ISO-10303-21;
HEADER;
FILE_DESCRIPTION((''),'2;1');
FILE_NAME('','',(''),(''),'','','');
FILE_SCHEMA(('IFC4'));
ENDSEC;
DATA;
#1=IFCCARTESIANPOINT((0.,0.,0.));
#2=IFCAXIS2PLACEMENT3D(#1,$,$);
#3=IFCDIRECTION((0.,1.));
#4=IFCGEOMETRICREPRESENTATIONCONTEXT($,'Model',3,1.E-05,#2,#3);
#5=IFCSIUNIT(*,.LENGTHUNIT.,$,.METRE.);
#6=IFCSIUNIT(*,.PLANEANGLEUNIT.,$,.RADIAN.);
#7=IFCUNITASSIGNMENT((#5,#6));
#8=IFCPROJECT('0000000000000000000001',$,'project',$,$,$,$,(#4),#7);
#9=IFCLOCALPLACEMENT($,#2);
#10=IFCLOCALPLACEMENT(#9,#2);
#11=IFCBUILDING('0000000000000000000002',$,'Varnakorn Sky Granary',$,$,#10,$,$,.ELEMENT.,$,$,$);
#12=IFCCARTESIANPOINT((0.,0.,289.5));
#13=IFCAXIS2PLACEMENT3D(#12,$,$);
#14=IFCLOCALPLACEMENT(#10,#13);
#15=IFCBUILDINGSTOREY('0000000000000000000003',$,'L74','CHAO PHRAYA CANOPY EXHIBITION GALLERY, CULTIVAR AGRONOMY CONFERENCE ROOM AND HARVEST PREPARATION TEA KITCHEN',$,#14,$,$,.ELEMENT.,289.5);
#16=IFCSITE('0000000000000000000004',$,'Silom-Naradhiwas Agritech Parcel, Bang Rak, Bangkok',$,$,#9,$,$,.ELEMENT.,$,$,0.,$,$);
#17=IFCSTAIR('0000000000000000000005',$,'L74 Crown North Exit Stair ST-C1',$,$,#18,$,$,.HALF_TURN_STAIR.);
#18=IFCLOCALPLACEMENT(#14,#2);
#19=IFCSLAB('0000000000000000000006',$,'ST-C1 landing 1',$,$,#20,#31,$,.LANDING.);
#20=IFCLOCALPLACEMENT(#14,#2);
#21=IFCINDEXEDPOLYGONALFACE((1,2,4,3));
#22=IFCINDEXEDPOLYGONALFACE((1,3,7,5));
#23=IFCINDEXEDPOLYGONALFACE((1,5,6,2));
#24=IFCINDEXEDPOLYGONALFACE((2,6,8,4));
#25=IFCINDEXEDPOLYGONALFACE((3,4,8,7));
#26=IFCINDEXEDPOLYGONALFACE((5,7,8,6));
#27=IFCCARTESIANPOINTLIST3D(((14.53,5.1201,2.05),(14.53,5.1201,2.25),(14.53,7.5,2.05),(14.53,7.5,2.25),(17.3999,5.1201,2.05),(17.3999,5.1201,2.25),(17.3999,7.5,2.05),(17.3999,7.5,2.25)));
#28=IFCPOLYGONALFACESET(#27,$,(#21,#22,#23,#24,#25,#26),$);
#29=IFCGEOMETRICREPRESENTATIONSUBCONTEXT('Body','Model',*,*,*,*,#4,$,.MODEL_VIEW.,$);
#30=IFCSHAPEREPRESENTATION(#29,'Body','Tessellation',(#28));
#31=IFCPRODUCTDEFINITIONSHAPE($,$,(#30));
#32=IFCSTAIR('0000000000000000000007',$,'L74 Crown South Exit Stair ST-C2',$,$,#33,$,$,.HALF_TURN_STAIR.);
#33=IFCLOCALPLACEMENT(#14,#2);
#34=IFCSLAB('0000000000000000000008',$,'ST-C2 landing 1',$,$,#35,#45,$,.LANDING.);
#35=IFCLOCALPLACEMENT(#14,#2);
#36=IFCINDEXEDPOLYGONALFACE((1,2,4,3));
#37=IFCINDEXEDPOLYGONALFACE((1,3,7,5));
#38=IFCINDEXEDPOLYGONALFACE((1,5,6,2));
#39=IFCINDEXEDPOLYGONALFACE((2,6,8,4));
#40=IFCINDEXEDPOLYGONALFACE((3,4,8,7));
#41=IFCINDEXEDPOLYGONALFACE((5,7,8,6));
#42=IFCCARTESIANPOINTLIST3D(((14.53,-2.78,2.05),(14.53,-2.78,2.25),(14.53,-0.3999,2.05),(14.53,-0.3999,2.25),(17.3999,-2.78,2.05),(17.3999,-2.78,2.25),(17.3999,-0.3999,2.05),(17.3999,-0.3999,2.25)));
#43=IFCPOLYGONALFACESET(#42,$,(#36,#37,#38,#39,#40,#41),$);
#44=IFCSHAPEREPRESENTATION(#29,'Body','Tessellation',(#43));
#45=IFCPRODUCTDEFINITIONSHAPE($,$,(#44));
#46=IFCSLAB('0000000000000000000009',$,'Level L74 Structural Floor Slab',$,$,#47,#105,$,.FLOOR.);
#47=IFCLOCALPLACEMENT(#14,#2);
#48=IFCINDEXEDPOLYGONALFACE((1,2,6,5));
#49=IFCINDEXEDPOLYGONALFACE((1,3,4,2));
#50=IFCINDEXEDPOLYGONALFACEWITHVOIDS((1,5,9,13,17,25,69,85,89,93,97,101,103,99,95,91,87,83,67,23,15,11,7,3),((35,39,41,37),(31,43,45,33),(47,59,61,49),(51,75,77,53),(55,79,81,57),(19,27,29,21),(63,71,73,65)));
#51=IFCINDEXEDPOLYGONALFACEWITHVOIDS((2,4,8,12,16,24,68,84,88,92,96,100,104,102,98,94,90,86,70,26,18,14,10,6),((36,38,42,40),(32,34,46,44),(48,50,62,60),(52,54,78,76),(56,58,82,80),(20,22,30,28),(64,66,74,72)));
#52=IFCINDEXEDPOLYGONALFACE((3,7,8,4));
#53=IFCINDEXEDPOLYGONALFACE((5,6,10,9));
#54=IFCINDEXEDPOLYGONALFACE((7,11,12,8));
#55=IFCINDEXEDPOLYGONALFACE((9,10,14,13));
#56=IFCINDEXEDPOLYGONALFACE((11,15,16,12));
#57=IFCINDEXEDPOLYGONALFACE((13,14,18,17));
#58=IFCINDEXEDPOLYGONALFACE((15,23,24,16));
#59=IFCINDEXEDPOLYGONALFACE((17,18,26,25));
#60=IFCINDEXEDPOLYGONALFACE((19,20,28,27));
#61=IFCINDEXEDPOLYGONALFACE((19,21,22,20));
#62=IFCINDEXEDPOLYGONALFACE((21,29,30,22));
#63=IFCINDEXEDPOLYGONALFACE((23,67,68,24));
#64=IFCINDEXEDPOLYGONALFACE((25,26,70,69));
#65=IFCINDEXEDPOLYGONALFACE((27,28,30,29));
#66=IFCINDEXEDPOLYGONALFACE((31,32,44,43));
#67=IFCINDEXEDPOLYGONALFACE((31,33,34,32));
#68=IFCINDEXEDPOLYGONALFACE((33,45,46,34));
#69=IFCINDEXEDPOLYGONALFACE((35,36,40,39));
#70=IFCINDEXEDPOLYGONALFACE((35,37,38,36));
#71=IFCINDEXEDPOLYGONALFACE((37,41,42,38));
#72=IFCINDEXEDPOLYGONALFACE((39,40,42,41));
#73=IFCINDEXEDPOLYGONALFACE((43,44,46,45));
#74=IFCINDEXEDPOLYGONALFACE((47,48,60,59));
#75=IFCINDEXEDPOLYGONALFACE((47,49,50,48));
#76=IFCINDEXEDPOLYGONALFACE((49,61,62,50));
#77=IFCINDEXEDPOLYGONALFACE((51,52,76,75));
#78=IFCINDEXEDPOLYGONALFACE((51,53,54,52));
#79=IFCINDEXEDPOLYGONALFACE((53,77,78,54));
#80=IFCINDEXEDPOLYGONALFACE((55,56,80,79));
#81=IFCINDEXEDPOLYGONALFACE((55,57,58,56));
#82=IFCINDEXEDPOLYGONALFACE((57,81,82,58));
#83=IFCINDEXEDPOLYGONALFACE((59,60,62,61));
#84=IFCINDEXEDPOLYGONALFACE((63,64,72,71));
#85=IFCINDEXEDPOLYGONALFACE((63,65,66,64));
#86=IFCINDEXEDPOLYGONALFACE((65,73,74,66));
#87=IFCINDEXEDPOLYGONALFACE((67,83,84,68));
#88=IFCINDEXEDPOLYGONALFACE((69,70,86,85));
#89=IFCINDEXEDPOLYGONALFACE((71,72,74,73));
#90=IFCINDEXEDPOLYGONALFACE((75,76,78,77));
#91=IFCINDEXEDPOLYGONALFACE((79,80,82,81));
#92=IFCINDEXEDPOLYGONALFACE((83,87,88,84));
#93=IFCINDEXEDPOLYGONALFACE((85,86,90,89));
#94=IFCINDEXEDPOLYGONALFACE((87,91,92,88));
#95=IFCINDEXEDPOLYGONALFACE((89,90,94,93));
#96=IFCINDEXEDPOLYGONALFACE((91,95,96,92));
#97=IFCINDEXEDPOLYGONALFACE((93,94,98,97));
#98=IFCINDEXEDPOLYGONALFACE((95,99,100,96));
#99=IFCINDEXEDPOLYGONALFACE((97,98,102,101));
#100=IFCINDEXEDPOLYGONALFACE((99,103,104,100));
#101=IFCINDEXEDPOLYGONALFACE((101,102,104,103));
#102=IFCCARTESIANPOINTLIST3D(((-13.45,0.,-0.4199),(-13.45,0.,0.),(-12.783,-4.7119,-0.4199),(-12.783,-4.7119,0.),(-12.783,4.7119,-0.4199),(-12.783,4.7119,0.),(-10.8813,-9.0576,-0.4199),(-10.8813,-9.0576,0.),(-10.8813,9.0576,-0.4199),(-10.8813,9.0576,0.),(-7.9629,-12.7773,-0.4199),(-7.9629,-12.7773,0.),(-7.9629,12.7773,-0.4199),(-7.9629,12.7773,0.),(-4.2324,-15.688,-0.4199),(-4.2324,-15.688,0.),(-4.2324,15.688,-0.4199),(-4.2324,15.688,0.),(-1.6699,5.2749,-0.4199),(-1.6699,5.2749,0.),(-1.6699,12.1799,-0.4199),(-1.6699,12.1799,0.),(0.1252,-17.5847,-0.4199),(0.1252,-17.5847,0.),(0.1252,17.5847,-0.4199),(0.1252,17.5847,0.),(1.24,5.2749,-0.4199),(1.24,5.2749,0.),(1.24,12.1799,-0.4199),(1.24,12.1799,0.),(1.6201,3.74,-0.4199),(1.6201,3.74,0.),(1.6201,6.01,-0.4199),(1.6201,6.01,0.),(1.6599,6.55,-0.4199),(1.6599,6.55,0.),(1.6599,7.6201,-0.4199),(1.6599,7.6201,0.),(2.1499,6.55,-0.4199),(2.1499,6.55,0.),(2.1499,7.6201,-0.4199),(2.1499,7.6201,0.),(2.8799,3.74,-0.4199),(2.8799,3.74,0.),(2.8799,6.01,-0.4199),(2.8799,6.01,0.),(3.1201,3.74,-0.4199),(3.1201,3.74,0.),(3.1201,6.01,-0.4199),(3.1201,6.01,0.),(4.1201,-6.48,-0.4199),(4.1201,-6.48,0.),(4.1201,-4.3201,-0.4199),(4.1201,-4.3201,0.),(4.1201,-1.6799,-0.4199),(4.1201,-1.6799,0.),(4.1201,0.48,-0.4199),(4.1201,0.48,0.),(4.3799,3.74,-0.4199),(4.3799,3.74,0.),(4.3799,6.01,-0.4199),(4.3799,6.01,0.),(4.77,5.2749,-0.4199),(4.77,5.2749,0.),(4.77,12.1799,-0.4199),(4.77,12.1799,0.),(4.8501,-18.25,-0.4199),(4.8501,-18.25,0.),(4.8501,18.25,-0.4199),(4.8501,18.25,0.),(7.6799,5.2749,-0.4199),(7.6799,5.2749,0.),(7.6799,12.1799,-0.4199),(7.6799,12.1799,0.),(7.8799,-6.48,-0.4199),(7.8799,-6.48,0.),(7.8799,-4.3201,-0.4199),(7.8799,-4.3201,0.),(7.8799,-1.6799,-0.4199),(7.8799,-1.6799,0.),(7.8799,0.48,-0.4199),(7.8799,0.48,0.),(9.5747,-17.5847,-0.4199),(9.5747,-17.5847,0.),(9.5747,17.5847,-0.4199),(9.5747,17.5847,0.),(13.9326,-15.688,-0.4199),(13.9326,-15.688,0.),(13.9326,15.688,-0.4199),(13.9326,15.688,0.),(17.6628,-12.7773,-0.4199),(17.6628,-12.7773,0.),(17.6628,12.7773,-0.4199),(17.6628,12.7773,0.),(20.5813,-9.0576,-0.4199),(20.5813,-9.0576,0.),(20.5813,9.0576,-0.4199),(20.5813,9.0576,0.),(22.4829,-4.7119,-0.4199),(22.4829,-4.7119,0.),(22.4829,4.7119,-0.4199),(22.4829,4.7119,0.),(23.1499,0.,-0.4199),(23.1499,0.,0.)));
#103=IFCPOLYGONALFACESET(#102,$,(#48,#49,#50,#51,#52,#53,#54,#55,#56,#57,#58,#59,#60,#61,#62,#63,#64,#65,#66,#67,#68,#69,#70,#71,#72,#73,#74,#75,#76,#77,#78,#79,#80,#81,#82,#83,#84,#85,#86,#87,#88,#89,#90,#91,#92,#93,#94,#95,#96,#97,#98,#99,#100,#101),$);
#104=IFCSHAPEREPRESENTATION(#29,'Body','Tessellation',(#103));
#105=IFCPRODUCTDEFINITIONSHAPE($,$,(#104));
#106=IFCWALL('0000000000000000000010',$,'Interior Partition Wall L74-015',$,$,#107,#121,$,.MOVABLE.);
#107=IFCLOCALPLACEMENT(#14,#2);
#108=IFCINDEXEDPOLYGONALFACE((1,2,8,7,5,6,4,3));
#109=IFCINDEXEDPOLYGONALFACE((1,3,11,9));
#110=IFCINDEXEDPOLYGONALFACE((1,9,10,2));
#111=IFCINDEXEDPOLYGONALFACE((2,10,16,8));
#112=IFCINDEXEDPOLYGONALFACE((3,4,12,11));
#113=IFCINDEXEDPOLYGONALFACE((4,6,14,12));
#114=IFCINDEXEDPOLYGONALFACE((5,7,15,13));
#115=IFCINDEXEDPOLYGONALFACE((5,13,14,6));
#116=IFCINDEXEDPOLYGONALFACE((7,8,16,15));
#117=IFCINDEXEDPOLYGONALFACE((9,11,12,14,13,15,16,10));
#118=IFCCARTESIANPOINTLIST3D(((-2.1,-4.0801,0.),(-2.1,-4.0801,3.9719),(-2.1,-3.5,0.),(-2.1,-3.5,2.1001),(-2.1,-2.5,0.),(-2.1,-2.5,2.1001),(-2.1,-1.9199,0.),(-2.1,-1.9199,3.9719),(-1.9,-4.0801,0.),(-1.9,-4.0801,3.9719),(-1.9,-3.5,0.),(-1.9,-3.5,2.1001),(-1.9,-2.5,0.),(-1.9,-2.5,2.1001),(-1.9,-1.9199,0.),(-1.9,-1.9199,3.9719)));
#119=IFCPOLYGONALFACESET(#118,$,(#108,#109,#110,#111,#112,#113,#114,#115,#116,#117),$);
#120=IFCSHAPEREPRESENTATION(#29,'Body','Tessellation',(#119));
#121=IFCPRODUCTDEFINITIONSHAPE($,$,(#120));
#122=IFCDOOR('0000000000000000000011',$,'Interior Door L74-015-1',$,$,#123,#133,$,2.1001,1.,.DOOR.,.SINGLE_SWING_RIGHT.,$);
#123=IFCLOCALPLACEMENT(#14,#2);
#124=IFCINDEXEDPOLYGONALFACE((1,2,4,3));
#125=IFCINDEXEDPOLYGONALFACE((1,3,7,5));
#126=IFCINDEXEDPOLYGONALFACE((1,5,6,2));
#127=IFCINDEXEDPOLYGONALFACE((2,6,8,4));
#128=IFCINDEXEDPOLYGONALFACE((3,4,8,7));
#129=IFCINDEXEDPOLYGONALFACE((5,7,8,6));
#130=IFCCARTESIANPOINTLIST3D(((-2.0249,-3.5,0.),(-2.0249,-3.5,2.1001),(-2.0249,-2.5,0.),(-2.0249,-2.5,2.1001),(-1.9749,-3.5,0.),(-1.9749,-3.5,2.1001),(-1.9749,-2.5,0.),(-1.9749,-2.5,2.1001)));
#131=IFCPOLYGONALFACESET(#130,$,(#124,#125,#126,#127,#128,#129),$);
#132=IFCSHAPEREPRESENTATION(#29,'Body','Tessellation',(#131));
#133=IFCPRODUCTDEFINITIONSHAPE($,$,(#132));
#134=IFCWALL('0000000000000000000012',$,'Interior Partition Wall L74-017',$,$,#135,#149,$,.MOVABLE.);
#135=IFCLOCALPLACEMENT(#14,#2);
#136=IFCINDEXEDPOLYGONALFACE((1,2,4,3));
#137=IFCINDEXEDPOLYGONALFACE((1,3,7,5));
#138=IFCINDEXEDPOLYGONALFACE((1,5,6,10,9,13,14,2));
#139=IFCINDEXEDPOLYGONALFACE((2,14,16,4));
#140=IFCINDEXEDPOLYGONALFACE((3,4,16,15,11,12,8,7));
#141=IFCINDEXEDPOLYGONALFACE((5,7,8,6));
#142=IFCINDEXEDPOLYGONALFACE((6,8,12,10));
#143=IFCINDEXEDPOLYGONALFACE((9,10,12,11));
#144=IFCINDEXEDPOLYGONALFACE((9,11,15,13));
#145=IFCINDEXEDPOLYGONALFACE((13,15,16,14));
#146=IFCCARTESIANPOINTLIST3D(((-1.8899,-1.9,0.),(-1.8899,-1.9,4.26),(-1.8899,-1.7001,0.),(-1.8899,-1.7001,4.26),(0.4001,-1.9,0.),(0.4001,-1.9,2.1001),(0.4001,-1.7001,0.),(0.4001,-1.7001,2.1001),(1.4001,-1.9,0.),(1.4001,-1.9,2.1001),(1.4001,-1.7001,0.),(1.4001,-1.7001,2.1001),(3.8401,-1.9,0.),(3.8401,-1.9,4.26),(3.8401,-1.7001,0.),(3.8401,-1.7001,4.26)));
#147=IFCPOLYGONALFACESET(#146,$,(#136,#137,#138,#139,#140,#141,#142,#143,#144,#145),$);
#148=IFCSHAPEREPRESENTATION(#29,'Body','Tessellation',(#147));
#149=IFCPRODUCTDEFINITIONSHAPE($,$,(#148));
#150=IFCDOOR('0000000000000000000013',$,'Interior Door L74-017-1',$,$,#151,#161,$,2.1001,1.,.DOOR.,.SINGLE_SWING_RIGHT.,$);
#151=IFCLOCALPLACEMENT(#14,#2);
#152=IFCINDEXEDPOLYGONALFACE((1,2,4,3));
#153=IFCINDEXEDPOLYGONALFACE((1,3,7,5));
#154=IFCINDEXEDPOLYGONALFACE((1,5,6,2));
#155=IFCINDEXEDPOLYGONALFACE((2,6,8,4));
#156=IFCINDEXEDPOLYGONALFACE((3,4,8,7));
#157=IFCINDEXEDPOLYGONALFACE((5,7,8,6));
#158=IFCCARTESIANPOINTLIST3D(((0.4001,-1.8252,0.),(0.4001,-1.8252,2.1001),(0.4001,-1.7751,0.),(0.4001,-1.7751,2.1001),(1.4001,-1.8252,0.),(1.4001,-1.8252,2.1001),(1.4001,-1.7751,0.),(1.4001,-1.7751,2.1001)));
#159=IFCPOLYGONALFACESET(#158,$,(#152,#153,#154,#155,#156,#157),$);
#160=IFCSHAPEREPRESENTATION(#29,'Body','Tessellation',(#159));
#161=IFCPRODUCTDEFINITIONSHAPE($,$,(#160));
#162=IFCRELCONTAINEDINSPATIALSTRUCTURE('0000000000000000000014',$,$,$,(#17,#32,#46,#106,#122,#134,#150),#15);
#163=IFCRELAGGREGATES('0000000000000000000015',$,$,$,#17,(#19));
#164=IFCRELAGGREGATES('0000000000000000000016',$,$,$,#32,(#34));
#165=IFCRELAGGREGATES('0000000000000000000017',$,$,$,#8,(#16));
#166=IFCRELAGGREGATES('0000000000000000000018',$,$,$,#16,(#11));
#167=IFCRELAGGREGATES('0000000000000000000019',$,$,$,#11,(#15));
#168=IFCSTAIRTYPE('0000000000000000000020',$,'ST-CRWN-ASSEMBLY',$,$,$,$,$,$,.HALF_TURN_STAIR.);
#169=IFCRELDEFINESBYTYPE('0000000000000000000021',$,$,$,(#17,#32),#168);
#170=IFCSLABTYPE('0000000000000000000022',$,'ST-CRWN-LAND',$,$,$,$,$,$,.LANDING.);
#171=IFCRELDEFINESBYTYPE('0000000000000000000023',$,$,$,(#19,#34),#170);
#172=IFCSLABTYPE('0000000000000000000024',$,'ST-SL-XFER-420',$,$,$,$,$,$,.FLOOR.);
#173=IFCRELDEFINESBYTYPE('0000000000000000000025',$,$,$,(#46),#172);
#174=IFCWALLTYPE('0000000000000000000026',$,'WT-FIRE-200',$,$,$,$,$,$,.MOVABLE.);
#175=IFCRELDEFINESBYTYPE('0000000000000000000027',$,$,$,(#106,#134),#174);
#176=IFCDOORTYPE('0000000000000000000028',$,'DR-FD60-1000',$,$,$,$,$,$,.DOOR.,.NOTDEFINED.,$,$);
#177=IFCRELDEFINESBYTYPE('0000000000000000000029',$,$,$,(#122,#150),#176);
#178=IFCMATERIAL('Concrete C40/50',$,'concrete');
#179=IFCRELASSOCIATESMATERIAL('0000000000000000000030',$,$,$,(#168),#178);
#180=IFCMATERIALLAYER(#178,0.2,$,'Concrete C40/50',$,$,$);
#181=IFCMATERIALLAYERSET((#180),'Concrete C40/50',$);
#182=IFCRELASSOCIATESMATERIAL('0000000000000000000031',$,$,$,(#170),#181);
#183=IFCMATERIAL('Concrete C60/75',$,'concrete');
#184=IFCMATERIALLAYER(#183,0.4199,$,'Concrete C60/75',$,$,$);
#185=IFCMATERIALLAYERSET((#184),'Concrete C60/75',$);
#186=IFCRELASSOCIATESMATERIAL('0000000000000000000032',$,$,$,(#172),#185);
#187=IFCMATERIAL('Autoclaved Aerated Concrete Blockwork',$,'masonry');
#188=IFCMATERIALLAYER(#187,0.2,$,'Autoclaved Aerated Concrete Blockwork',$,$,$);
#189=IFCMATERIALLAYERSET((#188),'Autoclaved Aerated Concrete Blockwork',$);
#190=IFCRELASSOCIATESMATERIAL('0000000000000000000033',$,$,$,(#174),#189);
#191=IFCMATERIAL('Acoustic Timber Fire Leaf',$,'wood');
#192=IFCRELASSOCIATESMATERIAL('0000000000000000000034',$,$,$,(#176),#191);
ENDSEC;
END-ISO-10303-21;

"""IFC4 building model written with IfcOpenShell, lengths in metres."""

from ifc_helpers import new_model, si_unit, direction, frame, frame_2d, origin, place, context, subcontext, project, spatial, polyline, rectangle, outline, extrude, material, layer, layer_set, type_object, element, fill, aggregate, save


model = new_model("IFC4")

# Units and contexts
model_context = context("Model", 3, precision=1e-05, world=origin(), true_north=direction((0.0, 1.0)))
body_context = subcontext(model_context, "Body", "Model", "MODEL_VIEW")
ifc_project = project(units=[si_unit("LENGTHUNIT", "METRE"), si_unit("PLANEANGLEUNIT", "RADIAN")], contexts=[model_context])

# Site, building, storey
site_placement = place(None, origin())
site = spatial("IfcSite", under=ifc_project, at=site_placement, Name="Silom-Naradhiwas Agritech Parcel, Bang Rak, Bangkok", CompositionType="ELEMENT", RefElevation=0.0)
building_placement = place(site_placement, origin())
building = spatial("IfcBuilding", under=site, at=building_placement, Name="Varnakorn Sky Granary", CompositionType="ELEMENT")
storey_placement = place(building_placement, frame((0.0, 0.0, 289.5)))
storey = spatial("IfcBuildingStorey", under=building, at=storey_placement, Name="L74", Description="CHAO PHRAYA CANOPY EXHIBITION GALLERY, CULTIVAR AGRONOMY CONFERENCE ROOM AND HARVEST PREPARATION TEA KITCHEN", CompositionType="ELEMENT", Elevation=289.5)

# Stairs, slabs
ifc_material_1 = material(Name="Concrete C40/50", Category="concrete")
stair_type = type_object("IfcStairType", Name="ST-CRWN-ASSEMBLY", PredefinedType="HALF_TURN_STAIR", material=ifc_material_1)
stair_1_placement = place(storey_placement, origin())
stair_1 = element("IfcStair", 1, at=stair_1_placement, inside=storey, type_object=stair_type, Name="L74 Crown North Exit Stair ST-C1", PredefinedType="HALF_TURN_STAIR")
ifc_layer_1 = layer(ifc_material_1, 0.2, Name="Concrete C40/50")
ifc_layer_set_1 = layer_set([ifc_layer_1], Name="Concrete C40/50")
slab_type_1 = type_object("IfcSlabType", Name="ST-CRWN-LAND", PredefinedType="LANDING", material=ifc_layer_set_1)
slab_1_placement = place(storey_placement, frame((0.0, 0.0, 2.05)))
slab_1 = element("IfcSlab", 2, at=slab_1_placement, type_object=slab_type_1, Name="ST-C1 landing 1", PredefinedType="LANDING", context=body_context, shape_type="SweptSolid", body=[
    extrude(outline(polyline([(17.3999, 5.1201), (17.3999, 7.5), (14.53, 7.5), (14.53, 5.1201), (17.3999, 5.1201)])), origin(), (0.0, 0.0, 1.0), 0.2),
])
aggregate(stair_1, [slab_1])
stair_2_placement = place(storey_placement, origin())
stair_2 = element("IfcStair", 3, at=stair_2_placement, inside=storey, type_object=stair_type, Name="L74 Crown South Exit Stair ST-C2", PredefinedType="HALF_TURN_STAIR")
slab_2_placement = place(storey_placement, frame((0.0, 0.0, 2.05)))
slab_2 = element("IfcSlab", 4, at=slab_2_placement, type_object=slab_type_1, Name="ST-C2 landing 1", PredefinedType="LANDING", context=body_context, shape_type="SweptSolid", body=[
    extrude(outline(polyline([(17.3999, -2.78), (17.3999, -0.3999), (14.53, -0.3999), (14.53, -2.78), (17.3999, -2.78)])), origin(), (0.0, 0.0, 1.0), 0.2),
])
aggregate(stair_2, [slab_2])

# Slab
ifc_material_2 = material(Name="Concrete C60/75", Category="concrete")
ifc_layer_2 = layer(ifc_material_2, 0.4199, Name="Concrete C60/75")
ifc_layer_set_2 = layer_set([ifc_layer_2], Name="Concrete C60/75")
slab_type_2 = type_object("IfcSlabType", Name="ST-SL-XFER-420", PredefinedType="FLOOR", material=ifc_layer_set_2)
slab_3_placement = place(storey_placement, frame((0.0, 0.0, -0.4199)))
element("IfcSlab", 5, at=slab_3_placement, inside=storey, type_object=slab_type_2, Name="Level L74 Structural Floor Slab", PredefinedType="FLOOR", context=body_context, shape_type="SweptSolid", body=[
    extrude(outline(polyline([(23.1499, 0.0), (22.4829, 4.7119), (20.5813, 9.0576), (17.6628, 12.7773), (13.9326, 15.688), (9.5747, 17.5847), (4.8501, 18.25), (0.1252, 17.5847), (-4.2324, 15.688), (-7.9629, 12.7773), (-10.8813, 9.0576), (-12.783, 4.7119), (-13.45, 0.0), (-12.783, -4.7119), (-10.8813, -9.0576), (-7.9629, -12.7773), (-4.2324, -15.688), (0.1252, -17.5847), (4.8501, -18.25), (9.5747, -17.5847), (13.9326, -15.688), (17.6628, -12.7773), (20.5813, -9.0576), (22.4829, -4.7119), (23.1499, 0.0)]), holes=[polyline([(1.24, 5.2749), (1.24, 12.1799), (-1.6699, 12.1799), (-1.6699, 5.2749), (1.24, 5.2749)]), polyline([(7.6799, 5.2749), (7.6799, 12.1799), (4.77, 12.1799), (4.77, 5.2749), (7.6799, 5.2749)]), polyline([(1.6599, 6.55), (2.1499, 6.55), (2.1499, 7.6201), (1.6599, 7.6201), (1.6599, 6.55)]), polyline([(1.6201, 3.74), (2.8799, 3.74), (2.8799, 6.01), (1.6201, 6.01), (1.6201, 3.74)]), polyline([(3.1201, 3.74), (4.3799, 3.74), (4.3799, 6.01), (3.1201, 6.01), (3.1201, 3.74)]), polyline([(4.1201, -1.6799), (7.8799, -1.6799), (7.8799, 0.48), (4.1201, 0.48), (4.1201, -1.6799)]), polyline([(4.1201, -6.48), (7.8799, -6.48), (7.8799, -4.3201), (4.1201, -4.3201), (4.1201, -6.48)])]), origin(), (0.0, 0.0, 1.0), 0.4199),
])

# Walls, openings, doors
ifc_material_3 = material(Name="Autoclaved Aerated Concrete Blockwork", Category="masonry")
ifc_layer_3 = layer(ifc_material_3, 0.2, Name="Autoclaved Aerated Concrete Blockwork")
ifc_layer_set_3 = layer_set([ifc_layer_3], Name="Autoclaved Aerated Concrete Blockwork")
wall_type_1 = type_object("IfcWallType", Name="WT-FIRE-200", PredefinedType="MOVABLE", material=ifc_layer_set_3)
wall_1_placement = place(storey_placement, frame((-2.0, -4.0801, 0.0), z_axis=(0.0, 0.0, 1.0), x_axis=(0.0, 1.0, 0.0)))
wall_1 = element("IfcWall", 6, at=wall_1_placement, inside=storey, type_object=wall_type_1, Name="Interior Partition Wall L74-015", PredefinedType="MOVABLE", context=body_context, shape_type="SweptSolid", body=[
    extrude(rectangle(XDim=2.1602, YDim=0.2, at=frame_2d((1.0801, 0.0))), origin(), (0.0, 0.0, 1.0), 3.9719),
])
opening_1_placement = place(wall_1_placement, frame((0.5801, 0.0, 0.0)))
opening_1 = element("IfcOpeningElement", 7, at=opening_1_placement, cuts=wall_1, PredefinedType="OPENING", context=body_context, shape_type="SweptSolid", body=[
    extrude(rectangle(XDim=1.0, YDim=2.1001, at=frame_2d((0.5, 1.05))), frame((0.0, 0.1099, 0.0), z_axis=(0.0, -1.0, 0.0), x_axis=(1.0, 0.0, 0.0)), (0.0, 0.0, 1.0), 0.22),
])
ifc_material_4 = material(Name="Acoustic Timber Fire Leaf", Category="wood")
door_type_1 = type_object("IfcDoorType", Name="DR-FD60-1000", OperationType="NOTDEFINED", PredefinedType="DOOR", material=ifc_material_4)
door_1_placement = place(opening_1_placement, origin())
door_1 = element("IfcDoor", 8, at=door_1_placement, inside=storey, type_object=door_type_1, Name="Interior Door L74-015-1", OperationType="SINGLE_SWING_RIGHT", OverallHeight=2.1001, OverallWidth=1.0, PredefinedType="DOOR", context=body_context, shape_type="SweptSolid", body=[
    extrude(rectangle(XDim=1.0, YDim=2.1001, at=frame_2d((0.5, 1.05))), frame((0.0, 0.0249, 0.0), z_axis=(0.0, -1.0, 0.0), x_axis=(1.0, 0.0, 0.0)), (0.0, 0.0, 1.0), 0.05),
])
fill(opening_1, door_1)
wall_2_placement = place(storey_placement, frame((-1.8899, -1.8, 0.0), z_axis=(0.0, 0.0, 1.0), x_axis=(1.0, 0.0, 0.0)))
wall_2 = element("IfcWall", 9, at=wall_2_placement, inside=storey, type_object=wall_type_1, Name="Interior Partition Wall L74-017", PredefinedType="MOVABLE", context=body_context, shape_type="SweptSolid", body=[
    extrude(rectangle(XDim=5.73, YDim=0.2, at=frame_2d((2.865, 0.0))), origin(), (0.0, 0.0, 1.0), 4.26),
])
opening_2_placement = place(wall_2_placement, frame((2.29, 0.0, 0.0)))
opening_2 = element("IfcOpeningElement", 10, at=opening_2_placement, cuts=wall_2, PredefinedType="OPENING", context=body_context, shape_type="SweptSolid", body=[
    extrude(rectangle(XDim=1.0, YDim=2.1001, at=frame_2d((0.5, 1.05))), frame((0.0, 0.1099, 0.0), z_axis=(0.0, -1.0, 0.0), x_axis=(1.0, 0.0, 0.0)), (0.0, 0.0, 1.0), 0.22),
])
door_2_placement = place(opening_2_placement, origin())
door_2 = element("IfcDoor", 11, at=door_2_placement, inside=storey, type_object=door_type_1, Name="Interior Door L74-017-1", OperationType="SINGLE_SWING_RIGHT", OverallHeight=2.1001, OverallWidth=1.0, PredefinedType="DOOR", context=body_context, shape_type="SweptSolid", body=[
    extrude(rectangle(XDim=1.0, YDim=2.1001, at=frame_2d((0.5, 1.05))), frame((0.0, 0.0249, 0.0), z_axis=(0.0, -1.0, 0.0), x_axis=(1.0, 0.0, 0.0)), (0.0, 0.0, 1.0), 0.05),
])
fill(opening_2, door_2)

save(model, "model.ifc")
